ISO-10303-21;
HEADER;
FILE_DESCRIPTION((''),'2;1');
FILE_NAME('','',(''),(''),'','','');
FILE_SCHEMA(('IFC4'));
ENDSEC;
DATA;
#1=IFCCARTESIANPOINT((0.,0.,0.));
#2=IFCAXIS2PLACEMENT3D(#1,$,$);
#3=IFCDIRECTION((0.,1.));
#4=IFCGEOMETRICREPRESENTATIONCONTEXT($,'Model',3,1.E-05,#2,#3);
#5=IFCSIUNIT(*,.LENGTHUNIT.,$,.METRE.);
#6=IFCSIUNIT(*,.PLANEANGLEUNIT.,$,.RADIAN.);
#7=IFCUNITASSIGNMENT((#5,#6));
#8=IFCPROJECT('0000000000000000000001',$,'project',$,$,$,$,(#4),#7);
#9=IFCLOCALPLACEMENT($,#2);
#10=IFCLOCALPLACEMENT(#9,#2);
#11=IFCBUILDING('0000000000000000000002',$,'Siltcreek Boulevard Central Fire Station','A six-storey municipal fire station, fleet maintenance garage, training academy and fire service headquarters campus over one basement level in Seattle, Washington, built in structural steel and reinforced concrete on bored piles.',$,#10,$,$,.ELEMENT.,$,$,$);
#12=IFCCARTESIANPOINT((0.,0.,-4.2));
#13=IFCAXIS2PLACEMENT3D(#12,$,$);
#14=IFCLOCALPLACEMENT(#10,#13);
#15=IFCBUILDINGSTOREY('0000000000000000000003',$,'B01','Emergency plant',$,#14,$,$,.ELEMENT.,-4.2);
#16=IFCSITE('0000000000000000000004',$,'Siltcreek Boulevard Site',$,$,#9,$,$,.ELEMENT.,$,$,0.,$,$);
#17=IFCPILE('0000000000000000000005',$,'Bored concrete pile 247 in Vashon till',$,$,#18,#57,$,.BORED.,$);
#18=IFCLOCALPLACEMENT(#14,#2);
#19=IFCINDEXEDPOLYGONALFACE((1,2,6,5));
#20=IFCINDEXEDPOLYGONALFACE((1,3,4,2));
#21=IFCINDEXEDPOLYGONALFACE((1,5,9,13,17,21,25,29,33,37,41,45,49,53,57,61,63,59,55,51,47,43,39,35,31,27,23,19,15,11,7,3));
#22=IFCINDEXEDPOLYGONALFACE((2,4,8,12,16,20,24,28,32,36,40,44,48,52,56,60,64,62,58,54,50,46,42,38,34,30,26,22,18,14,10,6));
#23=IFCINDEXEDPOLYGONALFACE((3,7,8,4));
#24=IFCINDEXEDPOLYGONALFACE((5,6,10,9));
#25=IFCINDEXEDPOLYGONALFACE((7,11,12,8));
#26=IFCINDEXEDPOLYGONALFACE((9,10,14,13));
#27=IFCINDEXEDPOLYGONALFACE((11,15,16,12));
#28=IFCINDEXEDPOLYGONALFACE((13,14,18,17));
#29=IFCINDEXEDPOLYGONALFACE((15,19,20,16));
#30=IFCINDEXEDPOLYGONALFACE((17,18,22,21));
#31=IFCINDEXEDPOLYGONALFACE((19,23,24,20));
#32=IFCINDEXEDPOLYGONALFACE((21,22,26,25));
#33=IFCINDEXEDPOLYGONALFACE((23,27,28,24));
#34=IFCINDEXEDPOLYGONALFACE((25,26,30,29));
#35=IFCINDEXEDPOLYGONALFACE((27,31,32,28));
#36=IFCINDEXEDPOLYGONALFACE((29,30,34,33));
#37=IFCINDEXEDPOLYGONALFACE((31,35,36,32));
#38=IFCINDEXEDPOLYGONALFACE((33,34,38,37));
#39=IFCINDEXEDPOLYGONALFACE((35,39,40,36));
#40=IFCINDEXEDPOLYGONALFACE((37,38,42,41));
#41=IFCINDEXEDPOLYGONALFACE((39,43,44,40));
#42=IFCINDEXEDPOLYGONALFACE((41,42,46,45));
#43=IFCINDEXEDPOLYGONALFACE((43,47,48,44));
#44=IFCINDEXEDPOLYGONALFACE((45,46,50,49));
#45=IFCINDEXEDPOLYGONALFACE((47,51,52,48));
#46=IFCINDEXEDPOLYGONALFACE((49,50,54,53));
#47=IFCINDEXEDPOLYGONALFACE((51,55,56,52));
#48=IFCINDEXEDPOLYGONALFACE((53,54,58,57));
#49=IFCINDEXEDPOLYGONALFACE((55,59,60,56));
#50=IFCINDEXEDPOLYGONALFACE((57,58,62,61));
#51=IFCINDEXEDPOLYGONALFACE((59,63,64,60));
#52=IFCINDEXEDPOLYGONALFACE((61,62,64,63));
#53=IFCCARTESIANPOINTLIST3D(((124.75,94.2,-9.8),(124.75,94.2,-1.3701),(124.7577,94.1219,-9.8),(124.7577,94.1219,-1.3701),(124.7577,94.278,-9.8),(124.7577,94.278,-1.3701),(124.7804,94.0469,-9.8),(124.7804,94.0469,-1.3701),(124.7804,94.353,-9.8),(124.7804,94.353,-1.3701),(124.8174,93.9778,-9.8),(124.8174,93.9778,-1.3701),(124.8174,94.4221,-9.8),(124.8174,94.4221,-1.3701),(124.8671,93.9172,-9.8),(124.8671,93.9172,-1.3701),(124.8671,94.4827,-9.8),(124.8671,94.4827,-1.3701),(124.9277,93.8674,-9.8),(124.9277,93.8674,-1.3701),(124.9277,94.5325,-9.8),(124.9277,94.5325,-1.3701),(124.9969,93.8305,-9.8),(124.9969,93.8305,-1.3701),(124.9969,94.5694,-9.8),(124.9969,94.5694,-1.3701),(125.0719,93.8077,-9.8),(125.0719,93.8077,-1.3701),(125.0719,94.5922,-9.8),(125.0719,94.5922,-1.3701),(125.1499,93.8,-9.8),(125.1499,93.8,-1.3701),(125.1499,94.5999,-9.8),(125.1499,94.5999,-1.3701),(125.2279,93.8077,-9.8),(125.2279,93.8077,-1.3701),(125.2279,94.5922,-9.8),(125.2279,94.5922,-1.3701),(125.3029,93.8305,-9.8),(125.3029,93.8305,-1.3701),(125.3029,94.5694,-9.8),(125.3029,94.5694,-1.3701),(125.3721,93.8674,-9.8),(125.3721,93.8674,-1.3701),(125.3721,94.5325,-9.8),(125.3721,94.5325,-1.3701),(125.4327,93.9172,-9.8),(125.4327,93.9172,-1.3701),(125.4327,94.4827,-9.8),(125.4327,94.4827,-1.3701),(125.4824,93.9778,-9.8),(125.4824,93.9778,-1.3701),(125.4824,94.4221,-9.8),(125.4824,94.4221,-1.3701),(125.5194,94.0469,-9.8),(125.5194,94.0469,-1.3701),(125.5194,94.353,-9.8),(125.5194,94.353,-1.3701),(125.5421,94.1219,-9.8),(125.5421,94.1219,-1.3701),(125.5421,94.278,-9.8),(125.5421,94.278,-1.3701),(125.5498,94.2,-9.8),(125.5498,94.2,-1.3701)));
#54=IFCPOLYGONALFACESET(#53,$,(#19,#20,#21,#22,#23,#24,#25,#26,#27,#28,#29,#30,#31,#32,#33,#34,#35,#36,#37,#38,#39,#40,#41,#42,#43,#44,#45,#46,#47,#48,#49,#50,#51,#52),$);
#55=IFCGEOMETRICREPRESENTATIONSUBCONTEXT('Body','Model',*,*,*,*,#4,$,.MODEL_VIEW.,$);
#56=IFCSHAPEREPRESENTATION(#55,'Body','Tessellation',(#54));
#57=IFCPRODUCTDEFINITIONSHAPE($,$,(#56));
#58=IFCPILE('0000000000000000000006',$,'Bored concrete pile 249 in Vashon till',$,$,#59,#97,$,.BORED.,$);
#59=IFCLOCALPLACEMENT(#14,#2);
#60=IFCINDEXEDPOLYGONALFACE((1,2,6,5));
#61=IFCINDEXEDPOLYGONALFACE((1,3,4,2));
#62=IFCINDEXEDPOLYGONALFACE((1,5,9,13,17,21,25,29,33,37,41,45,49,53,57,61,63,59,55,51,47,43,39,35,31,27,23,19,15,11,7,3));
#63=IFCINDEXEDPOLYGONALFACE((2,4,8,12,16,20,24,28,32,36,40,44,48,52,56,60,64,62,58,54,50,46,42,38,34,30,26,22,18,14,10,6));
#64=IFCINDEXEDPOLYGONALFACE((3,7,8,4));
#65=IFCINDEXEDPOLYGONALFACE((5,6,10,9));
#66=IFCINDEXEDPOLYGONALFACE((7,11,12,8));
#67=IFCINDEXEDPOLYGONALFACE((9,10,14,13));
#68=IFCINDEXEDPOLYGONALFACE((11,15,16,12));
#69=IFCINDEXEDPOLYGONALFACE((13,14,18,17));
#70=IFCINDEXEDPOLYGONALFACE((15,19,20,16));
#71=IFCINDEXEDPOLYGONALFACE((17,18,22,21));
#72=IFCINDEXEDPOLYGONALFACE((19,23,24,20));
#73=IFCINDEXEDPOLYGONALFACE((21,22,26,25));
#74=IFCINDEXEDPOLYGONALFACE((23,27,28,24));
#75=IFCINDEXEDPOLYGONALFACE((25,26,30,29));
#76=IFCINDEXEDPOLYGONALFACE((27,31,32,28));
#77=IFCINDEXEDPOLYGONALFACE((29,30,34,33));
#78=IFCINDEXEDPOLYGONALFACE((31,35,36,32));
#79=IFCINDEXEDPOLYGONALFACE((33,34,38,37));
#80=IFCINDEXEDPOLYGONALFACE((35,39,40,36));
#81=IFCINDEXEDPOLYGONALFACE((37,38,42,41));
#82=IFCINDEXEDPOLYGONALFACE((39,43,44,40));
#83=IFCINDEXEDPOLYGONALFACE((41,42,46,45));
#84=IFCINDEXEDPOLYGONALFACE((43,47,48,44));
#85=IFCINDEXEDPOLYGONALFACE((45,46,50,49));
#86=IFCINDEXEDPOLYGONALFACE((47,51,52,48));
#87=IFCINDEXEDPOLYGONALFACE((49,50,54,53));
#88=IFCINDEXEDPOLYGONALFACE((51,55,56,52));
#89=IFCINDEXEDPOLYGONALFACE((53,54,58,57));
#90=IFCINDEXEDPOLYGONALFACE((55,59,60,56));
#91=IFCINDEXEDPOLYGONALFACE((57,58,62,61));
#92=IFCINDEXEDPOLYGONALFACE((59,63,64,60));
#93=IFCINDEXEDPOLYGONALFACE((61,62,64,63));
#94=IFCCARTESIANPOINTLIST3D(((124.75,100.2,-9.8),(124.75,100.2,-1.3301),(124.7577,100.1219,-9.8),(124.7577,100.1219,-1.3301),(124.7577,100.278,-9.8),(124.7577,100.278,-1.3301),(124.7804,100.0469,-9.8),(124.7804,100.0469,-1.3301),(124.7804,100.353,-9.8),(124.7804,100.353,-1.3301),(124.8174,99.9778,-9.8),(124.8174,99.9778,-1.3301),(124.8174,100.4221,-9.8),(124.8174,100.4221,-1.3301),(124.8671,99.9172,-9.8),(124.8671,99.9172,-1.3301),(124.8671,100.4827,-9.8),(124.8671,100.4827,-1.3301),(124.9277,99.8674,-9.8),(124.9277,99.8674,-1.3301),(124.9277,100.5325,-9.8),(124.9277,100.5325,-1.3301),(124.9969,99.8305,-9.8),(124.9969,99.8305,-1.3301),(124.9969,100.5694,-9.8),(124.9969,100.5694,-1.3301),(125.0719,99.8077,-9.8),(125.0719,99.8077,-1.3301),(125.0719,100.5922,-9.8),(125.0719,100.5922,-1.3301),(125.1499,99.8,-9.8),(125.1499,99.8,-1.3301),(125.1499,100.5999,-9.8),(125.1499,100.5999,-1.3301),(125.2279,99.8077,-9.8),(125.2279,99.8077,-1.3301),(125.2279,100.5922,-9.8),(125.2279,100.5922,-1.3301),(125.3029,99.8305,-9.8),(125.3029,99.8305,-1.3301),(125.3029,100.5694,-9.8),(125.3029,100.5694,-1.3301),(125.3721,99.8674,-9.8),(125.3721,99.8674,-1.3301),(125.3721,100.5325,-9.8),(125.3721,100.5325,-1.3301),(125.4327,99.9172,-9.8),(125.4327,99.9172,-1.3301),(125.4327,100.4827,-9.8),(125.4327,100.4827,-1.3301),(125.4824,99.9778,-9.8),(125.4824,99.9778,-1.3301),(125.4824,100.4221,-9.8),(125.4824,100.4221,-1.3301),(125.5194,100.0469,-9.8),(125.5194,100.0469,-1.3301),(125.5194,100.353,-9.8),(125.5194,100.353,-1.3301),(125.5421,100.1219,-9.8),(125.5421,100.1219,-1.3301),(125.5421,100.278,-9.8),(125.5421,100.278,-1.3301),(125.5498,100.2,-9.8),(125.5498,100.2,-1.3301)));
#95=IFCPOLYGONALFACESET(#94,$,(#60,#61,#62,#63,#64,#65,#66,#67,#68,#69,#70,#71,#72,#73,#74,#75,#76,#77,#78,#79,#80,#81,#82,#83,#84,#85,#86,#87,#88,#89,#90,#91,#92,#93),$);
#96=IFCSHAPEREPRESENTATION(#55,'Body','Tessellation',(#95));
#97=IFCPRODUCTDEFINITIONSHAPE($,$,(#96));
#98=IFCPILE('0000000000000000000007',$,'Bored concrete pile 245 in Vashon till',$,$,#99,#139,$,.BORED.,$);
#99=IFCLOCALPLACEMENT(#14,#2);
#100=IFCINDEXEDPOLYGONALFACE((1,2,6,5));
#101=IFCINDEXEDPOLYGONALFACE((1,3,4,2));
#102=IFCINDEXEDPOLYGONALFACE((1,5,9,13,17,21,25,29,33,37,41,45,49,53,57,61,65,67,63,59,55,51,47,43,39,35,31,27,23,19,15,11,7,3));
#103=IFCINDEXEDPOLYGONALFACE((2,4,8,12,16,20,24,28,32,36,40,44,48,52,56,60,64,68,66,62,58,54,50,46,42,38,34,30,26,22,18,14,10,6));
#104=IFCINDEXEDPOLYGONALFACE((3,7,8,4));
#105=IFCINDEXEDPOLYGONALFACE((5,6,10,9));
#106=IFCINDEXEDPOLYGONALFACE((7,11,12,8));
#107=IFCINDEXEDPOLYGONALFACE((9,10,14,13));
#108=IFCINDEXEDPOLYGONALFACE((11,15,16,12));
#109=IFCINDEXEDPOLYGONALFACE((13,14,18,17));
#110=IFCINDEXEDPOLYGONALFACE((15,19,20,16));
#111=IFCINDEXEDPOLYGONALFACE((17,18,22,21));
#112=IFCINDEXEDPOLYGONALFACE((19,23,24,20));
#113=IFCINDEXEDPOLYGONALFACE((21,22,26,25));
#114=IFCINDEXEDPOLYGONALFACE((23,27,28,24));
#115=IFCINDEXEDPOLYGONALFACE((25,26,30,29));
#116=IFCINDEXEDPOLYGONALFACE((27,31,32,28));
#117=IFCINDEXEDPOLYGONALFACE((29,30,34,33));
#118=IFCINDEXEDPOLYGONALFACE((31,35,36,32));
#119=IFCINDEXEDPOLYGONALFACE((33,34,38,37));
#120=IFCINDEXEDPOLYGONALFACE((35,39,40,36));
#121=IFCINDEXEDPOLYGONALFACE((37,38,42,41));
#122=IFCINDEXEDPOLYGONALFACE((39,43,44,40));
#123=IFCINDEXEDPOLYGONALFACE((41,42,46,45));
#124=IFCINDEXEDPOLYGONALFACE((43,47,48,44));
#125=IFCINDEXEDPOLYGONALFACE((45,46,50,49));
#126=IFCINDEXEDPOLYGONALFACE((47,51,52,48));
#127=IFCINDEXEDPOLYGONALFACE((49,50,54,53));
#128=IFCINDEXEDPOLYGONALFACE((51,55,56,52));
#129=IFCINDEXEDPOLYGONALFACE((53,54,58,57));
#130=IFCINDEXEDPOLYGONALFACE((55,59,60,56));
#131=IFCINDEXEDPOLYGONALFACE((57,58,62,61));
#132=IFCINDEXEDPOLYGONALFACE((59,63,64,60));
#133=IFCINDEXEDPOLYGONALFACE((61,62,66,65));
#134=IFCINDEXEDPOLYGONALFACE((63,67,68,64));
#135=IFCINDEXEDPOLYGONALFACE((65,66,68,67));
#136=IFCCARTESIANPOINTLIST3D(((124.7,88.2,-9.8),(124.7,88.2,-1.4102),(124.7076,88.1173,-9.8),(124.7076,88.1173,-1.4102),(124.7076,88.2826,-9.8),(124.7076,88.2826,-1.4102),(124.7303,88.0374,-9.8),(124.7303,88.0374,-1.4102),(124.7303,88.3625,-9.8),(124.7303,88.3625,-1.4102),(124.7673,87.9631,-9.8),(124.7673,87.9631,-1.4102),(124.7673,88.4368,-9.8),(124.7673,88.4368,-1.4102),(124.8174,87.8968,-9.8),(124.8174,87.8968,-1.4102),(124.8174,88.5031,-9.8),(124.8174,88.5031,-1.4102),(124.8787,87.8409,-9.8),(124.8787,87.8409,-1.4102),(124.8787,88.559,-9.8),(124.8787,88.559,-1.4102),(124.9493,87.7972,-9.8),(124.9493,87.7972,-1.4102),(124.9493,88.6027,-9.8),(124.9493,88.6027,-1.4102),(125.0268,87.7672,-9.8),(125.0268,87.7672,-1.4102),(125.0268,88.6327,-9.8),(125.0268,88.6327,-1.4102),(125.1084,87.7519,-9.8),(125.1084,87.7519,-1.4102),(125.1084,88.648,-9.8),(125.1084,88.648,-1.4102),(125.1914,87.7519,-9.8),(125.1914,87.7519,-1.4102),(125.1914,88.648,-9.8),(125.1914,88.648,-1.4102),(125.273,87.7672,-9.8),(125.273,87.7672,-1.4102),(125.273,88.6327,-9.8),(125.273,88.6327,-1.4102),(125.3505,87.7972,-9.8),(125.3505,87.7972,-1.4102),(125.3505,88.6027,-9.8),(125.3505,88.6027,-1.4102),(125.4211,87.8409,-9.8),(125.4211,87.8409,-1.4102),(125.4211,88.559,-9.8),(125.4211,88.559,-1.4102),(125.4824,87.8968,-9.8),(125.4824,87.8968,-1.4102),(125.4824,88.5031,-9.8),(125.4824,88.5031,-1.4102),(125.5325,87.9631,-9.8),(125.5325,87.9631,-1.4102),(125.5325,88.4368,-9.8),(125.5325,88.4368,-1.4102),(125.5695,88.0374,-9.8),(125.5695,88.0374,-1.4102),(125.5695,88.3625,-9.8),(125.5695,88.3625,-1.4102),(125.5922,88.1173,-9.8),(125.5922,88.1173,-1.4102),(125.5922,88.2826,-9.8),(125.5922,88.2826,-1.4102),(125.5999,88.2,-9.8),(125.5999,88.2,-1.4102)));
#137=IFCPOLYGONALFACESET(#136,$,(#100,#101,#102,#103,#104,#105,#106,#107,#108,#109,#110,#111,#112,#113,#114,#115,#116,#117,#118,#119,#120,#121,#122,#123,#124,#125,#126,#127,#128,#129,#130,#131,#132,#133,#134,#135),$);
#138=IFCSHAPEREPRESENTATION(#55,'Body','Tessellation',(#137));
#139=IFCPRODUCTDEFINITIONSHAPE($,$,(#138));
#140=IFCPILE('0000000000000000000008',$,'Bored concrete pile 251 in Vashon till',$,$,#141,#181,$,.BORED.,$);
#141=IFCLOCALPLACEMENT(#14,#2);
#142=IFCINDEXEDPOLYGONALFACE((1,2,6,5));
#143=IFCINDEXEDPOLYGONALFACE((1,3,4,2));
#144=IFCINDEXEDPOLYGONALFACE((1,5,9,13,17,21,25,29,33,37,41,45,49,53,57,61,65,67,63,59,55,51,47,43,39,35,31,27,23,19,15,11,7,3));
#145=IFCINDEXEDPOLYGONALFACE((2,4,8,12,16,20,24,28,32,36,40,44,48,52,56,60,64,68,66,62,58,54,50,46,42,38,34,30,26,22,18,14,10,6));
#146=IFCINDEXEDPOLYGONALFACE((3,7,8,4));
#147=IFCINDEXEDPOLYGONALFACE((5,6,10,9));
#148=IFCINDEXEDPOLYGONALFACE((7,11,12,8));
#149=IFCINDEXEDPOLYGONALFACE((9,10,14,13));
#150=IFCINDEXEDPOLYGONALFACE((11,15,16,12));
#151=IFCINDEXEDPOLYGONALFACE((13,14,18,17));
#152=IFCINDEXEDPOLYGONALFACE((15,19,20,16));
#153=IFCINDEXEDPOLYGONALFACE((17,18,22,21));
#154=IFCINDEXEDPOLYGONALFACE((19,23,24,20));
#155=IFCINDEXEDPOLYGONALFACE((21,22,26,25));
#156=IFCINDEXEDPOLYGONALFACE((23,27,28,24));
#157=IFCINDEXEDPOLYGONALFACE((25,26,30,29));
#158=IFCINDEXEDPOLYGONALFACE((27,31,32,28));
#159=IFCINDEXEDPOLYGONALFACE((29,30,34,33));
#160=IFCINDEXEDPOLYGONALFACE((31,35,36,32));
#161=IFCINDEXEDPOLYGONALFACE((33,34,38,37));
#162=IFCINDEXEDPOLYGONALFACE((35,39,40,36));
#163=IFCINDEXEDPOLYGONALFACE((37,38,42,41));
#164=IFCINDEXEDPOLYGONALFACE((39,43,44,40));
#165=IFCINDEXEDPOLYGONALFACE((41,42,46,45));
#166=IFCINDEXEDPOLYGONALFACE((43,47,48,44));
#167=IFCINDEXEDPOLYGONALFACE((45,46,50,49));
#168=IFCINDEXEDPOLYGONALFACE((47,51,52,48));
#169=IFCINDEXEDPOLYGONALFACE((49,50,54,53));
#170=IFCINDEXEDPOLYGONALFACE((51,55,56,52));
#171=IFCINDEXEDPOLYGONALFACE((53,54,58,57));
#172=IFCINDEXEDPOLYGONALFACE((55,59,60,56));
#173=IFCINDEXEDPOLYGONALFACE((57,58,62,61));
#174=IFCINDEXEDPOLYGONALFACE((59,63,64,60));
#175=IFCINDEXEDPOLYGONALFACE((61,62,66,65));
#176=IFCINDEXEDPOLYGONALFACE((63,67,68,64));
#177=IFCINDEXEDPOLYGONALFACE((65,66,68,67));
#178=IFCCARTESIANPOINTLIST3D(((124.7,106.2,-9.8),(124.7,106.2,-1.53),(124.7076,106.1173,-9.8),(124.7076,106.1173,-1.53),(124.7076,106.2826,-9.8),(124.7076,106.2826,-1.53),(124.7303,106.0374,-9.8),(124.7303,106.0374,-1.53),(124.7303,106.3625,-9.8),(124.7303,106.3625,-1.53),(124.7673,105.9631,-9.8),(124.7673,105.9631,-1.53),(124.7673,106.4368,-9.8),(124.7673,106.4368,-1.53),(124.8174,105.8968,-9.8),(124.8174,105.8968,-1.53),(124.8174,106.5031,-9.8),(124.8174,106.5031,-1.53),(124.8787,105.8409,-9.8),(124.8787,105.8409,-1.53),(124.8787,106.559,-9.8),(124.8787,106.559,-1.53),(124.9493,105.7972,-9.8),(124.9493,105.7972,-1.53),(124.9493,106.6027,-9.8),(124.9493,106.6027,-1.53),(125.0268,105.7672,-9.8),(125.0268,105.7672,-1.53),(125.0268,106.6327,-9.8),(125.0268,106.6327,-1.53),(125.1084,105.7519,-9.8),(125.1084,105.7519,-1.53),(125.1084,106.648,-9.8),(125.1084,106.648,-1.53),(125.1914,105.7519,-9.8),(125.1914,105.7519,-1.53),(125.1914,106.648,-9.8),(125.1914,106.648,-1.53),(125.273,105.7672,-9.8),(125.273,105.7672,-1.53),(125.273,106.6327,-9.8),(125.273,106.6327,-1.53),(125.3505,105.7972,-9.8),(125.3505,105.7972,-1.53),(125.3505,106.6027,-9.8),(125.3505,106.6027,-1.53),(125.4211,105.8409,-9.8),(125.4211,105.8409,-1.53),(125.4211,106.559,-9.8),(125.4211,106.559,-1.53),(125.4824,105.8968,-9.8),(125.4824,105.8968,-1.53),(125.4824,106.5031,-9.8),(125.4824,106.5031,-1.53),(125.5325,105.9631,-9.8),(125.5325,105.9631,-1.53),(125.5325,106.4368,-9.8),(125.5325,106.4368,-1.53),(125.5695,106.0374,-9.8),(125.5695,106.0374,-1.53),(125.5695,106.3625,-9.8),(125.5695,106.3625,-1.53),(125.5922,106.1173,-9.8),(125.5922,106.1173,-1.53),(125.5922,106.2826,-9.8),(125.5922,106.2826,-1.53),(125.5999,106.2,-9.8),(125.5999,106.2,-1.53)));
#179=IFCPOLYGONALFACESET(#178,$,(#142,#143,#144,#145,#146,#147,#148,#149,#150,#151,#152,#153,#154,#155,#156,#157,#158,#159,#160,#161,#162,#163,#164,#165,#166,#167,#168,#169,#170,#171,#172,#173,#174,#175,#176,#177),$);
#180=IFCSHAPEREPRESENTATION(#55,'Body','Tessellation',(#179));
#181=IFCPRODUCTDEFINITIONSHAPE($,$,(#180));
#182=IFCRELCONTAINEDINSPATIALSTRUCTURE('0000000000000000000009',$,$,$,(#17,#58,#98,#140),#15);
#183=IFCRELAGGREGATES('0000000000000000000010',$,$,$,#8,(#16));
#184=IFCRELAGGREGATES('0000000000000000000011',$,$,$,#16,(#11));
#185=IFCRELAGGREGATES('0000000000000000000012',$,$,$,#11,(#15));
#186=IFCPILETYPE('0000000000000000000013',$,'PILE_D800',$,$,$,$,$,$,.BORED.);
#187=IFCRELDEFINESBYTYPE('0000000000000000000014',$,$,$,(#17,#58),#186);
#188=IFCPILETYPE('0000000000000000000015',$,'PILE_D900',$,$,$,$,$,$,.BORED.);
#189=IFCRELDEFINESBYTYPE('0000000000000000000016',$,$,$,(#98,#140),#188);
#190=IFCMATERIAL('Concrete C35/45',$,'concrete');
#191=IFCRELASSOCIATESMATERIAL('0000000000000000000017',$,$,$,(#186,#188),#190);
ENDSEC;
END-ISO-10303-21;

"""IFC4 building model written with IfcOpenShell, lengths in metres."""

from ifc_helpers import new_model, si_unit, direction, frame, origin, origin_2d, place, context, subcontext, project, spatial, circle, extrude, material, material_profile, profile_set, type_object, element, save


model = new_model("IFC4")

# Units and contexts
model_context = context("Model", 3, precision=1e-05, world=origin(), true_north=direction((0.0, 1.0)))
body_context = subcontext(model_context, "Body", "Model", "MODEL_VIEW")
ifc_project = project(units=[si_unit("LENGTHUNIT", "METRE"), si_unit("PLANEANGLEUNIT", "RADIAN")], contexts=[model_context])

# Site, building, storey
site_placement = place(None, origin())
site = spatial("IfcSite", under=ifc_project, at=site_placement, Name="Siltcreek Boulevard Site", CompositionType="ELEMENT", RefElevation=0.0)
building_placement = place(site_placement, origin())
building = spatial("IfcBuilding", under=site, at=building_placement, Name="Siltcreek Boulevard Central Fire Station", Description="A six-storey municipal fire station, fleet maintenance garage, training academy and fire service headquarters campus over one basement level in Seattle, Washington, built in structural steel and reinforced concrete on bored piles.", CompositionType="ELEMENT")
storey_placement = place(building_placement, frame((0.0, 0.0, -4.2)))
storey = spatial("IfcBuildingStorey", under=building, at=storey_placement, Name="B01", Description="Emergency plant", CompositionType="ELEMENT", Elevation=-4.2)

# Piles
ifc_material_1 = material(Name="Concrete C35/45", Category="concrete")
ifc_material_profile_1 = material_profile(ifc_material_1, circle(Radius=0.3999, at=origin_2d()), Name="SHAFT800")
ifc_profile_set_1 = profile_set([ifc_material_profile_1], Name="Concrete C35/45")
pile_type_1 = type_object("IfcPileType", Name="PILE_D800", PredefinedType="BORED", material=ifc_profile_set_1)
pile_1_placement = place(storey_placement, frame((125.1499, 94.2, -1.3701), z_axis=(0.0, 0.0, -1.0), x_axis=(1.0, 0.0, 0.0)))
element("IfcPile", 1, at=pile_1_placement, inside=storey, type_object=pile_type_1, Name="Bored concrete pile 247 in Vashon till", PredefinedType="BORED", context=body_context, shape_type="SweptSolid", body=[
    extrude(circle(Radius=0.3999, at=origin_2d()), origin(), (0.0, 0.0, 1.0), 8.4299),
])
pile_2_placement = place(storey_placement, frame((125.1499, 100.2, -1.3301), z_axis=(0.0, 0.0, -1.0), x_axis=(1.0, 0.0, 0.0)))
element("IfcPile", 2, at=pile_2_placement, inside=storey, type_object=pile_type_1, Name="Bored concrete pile 249 in Vashon till", PredefinedType="BORED", context=body_context, shape_type="SweptSolid", body=[
    extrude(circle(Radius=0.3999, at=origin_2d()), origin(), (0.0, 0.0, 1.0), 8.47),
])
ifc_material_profile_2 = material_profile(ifc_material_1, circle(Radius=0.45, at=origin_2d()), Name="SHAFT900")
ifc_profile_set_2 = profile_set([ifc_material_profile_2], Name="Concrete C35/45")
pile_type_2 = type_object("IfcPileType", Name="PILE_D900", PredefinedType="BORED", material=ifc_profile_set_2)
pile_3_placement = place(storey_placement, frame((125.1499, 88.2, -1.4102), z_axis=(0.0, 0.0, -1.0), x_axis=(1.0, 0.0, 0.0)))
element("IfcPile", 3, at=pile_3_placement, inside=storey, type_object=pile_type_2, Name="Bored concrete pile 245 in Vashon till", PredefinedType="BORED", context=body_context, shape_type="SweptSolid", body=[
    extrude(circle(Radius=0.45, at=origin_2d()), origin(), (0.0, 0.0, 1.0), 8.3899),
])
pile_4_placement = place(storey_placement, frame((125.1499, 106.2, -1.53), z_axis=(0.0, 0.0, -1.0), x_axis=(1.0, 0.0, 0.0)))
element("IfcPile", 4, at=pile_4_placement, inside=storey, type_object=pile_type_2, Name="Bored concrete pile 251 in Vashon till", PredefinedType="BORED", context=body_context, shape_type="SweptSolid", body=[
    extrude(circle(Radius=0.45, at=origin_2d()), origin(), (0.0, 0.0, 1.0), 8.27),
])

save(model, "model.ifc")
